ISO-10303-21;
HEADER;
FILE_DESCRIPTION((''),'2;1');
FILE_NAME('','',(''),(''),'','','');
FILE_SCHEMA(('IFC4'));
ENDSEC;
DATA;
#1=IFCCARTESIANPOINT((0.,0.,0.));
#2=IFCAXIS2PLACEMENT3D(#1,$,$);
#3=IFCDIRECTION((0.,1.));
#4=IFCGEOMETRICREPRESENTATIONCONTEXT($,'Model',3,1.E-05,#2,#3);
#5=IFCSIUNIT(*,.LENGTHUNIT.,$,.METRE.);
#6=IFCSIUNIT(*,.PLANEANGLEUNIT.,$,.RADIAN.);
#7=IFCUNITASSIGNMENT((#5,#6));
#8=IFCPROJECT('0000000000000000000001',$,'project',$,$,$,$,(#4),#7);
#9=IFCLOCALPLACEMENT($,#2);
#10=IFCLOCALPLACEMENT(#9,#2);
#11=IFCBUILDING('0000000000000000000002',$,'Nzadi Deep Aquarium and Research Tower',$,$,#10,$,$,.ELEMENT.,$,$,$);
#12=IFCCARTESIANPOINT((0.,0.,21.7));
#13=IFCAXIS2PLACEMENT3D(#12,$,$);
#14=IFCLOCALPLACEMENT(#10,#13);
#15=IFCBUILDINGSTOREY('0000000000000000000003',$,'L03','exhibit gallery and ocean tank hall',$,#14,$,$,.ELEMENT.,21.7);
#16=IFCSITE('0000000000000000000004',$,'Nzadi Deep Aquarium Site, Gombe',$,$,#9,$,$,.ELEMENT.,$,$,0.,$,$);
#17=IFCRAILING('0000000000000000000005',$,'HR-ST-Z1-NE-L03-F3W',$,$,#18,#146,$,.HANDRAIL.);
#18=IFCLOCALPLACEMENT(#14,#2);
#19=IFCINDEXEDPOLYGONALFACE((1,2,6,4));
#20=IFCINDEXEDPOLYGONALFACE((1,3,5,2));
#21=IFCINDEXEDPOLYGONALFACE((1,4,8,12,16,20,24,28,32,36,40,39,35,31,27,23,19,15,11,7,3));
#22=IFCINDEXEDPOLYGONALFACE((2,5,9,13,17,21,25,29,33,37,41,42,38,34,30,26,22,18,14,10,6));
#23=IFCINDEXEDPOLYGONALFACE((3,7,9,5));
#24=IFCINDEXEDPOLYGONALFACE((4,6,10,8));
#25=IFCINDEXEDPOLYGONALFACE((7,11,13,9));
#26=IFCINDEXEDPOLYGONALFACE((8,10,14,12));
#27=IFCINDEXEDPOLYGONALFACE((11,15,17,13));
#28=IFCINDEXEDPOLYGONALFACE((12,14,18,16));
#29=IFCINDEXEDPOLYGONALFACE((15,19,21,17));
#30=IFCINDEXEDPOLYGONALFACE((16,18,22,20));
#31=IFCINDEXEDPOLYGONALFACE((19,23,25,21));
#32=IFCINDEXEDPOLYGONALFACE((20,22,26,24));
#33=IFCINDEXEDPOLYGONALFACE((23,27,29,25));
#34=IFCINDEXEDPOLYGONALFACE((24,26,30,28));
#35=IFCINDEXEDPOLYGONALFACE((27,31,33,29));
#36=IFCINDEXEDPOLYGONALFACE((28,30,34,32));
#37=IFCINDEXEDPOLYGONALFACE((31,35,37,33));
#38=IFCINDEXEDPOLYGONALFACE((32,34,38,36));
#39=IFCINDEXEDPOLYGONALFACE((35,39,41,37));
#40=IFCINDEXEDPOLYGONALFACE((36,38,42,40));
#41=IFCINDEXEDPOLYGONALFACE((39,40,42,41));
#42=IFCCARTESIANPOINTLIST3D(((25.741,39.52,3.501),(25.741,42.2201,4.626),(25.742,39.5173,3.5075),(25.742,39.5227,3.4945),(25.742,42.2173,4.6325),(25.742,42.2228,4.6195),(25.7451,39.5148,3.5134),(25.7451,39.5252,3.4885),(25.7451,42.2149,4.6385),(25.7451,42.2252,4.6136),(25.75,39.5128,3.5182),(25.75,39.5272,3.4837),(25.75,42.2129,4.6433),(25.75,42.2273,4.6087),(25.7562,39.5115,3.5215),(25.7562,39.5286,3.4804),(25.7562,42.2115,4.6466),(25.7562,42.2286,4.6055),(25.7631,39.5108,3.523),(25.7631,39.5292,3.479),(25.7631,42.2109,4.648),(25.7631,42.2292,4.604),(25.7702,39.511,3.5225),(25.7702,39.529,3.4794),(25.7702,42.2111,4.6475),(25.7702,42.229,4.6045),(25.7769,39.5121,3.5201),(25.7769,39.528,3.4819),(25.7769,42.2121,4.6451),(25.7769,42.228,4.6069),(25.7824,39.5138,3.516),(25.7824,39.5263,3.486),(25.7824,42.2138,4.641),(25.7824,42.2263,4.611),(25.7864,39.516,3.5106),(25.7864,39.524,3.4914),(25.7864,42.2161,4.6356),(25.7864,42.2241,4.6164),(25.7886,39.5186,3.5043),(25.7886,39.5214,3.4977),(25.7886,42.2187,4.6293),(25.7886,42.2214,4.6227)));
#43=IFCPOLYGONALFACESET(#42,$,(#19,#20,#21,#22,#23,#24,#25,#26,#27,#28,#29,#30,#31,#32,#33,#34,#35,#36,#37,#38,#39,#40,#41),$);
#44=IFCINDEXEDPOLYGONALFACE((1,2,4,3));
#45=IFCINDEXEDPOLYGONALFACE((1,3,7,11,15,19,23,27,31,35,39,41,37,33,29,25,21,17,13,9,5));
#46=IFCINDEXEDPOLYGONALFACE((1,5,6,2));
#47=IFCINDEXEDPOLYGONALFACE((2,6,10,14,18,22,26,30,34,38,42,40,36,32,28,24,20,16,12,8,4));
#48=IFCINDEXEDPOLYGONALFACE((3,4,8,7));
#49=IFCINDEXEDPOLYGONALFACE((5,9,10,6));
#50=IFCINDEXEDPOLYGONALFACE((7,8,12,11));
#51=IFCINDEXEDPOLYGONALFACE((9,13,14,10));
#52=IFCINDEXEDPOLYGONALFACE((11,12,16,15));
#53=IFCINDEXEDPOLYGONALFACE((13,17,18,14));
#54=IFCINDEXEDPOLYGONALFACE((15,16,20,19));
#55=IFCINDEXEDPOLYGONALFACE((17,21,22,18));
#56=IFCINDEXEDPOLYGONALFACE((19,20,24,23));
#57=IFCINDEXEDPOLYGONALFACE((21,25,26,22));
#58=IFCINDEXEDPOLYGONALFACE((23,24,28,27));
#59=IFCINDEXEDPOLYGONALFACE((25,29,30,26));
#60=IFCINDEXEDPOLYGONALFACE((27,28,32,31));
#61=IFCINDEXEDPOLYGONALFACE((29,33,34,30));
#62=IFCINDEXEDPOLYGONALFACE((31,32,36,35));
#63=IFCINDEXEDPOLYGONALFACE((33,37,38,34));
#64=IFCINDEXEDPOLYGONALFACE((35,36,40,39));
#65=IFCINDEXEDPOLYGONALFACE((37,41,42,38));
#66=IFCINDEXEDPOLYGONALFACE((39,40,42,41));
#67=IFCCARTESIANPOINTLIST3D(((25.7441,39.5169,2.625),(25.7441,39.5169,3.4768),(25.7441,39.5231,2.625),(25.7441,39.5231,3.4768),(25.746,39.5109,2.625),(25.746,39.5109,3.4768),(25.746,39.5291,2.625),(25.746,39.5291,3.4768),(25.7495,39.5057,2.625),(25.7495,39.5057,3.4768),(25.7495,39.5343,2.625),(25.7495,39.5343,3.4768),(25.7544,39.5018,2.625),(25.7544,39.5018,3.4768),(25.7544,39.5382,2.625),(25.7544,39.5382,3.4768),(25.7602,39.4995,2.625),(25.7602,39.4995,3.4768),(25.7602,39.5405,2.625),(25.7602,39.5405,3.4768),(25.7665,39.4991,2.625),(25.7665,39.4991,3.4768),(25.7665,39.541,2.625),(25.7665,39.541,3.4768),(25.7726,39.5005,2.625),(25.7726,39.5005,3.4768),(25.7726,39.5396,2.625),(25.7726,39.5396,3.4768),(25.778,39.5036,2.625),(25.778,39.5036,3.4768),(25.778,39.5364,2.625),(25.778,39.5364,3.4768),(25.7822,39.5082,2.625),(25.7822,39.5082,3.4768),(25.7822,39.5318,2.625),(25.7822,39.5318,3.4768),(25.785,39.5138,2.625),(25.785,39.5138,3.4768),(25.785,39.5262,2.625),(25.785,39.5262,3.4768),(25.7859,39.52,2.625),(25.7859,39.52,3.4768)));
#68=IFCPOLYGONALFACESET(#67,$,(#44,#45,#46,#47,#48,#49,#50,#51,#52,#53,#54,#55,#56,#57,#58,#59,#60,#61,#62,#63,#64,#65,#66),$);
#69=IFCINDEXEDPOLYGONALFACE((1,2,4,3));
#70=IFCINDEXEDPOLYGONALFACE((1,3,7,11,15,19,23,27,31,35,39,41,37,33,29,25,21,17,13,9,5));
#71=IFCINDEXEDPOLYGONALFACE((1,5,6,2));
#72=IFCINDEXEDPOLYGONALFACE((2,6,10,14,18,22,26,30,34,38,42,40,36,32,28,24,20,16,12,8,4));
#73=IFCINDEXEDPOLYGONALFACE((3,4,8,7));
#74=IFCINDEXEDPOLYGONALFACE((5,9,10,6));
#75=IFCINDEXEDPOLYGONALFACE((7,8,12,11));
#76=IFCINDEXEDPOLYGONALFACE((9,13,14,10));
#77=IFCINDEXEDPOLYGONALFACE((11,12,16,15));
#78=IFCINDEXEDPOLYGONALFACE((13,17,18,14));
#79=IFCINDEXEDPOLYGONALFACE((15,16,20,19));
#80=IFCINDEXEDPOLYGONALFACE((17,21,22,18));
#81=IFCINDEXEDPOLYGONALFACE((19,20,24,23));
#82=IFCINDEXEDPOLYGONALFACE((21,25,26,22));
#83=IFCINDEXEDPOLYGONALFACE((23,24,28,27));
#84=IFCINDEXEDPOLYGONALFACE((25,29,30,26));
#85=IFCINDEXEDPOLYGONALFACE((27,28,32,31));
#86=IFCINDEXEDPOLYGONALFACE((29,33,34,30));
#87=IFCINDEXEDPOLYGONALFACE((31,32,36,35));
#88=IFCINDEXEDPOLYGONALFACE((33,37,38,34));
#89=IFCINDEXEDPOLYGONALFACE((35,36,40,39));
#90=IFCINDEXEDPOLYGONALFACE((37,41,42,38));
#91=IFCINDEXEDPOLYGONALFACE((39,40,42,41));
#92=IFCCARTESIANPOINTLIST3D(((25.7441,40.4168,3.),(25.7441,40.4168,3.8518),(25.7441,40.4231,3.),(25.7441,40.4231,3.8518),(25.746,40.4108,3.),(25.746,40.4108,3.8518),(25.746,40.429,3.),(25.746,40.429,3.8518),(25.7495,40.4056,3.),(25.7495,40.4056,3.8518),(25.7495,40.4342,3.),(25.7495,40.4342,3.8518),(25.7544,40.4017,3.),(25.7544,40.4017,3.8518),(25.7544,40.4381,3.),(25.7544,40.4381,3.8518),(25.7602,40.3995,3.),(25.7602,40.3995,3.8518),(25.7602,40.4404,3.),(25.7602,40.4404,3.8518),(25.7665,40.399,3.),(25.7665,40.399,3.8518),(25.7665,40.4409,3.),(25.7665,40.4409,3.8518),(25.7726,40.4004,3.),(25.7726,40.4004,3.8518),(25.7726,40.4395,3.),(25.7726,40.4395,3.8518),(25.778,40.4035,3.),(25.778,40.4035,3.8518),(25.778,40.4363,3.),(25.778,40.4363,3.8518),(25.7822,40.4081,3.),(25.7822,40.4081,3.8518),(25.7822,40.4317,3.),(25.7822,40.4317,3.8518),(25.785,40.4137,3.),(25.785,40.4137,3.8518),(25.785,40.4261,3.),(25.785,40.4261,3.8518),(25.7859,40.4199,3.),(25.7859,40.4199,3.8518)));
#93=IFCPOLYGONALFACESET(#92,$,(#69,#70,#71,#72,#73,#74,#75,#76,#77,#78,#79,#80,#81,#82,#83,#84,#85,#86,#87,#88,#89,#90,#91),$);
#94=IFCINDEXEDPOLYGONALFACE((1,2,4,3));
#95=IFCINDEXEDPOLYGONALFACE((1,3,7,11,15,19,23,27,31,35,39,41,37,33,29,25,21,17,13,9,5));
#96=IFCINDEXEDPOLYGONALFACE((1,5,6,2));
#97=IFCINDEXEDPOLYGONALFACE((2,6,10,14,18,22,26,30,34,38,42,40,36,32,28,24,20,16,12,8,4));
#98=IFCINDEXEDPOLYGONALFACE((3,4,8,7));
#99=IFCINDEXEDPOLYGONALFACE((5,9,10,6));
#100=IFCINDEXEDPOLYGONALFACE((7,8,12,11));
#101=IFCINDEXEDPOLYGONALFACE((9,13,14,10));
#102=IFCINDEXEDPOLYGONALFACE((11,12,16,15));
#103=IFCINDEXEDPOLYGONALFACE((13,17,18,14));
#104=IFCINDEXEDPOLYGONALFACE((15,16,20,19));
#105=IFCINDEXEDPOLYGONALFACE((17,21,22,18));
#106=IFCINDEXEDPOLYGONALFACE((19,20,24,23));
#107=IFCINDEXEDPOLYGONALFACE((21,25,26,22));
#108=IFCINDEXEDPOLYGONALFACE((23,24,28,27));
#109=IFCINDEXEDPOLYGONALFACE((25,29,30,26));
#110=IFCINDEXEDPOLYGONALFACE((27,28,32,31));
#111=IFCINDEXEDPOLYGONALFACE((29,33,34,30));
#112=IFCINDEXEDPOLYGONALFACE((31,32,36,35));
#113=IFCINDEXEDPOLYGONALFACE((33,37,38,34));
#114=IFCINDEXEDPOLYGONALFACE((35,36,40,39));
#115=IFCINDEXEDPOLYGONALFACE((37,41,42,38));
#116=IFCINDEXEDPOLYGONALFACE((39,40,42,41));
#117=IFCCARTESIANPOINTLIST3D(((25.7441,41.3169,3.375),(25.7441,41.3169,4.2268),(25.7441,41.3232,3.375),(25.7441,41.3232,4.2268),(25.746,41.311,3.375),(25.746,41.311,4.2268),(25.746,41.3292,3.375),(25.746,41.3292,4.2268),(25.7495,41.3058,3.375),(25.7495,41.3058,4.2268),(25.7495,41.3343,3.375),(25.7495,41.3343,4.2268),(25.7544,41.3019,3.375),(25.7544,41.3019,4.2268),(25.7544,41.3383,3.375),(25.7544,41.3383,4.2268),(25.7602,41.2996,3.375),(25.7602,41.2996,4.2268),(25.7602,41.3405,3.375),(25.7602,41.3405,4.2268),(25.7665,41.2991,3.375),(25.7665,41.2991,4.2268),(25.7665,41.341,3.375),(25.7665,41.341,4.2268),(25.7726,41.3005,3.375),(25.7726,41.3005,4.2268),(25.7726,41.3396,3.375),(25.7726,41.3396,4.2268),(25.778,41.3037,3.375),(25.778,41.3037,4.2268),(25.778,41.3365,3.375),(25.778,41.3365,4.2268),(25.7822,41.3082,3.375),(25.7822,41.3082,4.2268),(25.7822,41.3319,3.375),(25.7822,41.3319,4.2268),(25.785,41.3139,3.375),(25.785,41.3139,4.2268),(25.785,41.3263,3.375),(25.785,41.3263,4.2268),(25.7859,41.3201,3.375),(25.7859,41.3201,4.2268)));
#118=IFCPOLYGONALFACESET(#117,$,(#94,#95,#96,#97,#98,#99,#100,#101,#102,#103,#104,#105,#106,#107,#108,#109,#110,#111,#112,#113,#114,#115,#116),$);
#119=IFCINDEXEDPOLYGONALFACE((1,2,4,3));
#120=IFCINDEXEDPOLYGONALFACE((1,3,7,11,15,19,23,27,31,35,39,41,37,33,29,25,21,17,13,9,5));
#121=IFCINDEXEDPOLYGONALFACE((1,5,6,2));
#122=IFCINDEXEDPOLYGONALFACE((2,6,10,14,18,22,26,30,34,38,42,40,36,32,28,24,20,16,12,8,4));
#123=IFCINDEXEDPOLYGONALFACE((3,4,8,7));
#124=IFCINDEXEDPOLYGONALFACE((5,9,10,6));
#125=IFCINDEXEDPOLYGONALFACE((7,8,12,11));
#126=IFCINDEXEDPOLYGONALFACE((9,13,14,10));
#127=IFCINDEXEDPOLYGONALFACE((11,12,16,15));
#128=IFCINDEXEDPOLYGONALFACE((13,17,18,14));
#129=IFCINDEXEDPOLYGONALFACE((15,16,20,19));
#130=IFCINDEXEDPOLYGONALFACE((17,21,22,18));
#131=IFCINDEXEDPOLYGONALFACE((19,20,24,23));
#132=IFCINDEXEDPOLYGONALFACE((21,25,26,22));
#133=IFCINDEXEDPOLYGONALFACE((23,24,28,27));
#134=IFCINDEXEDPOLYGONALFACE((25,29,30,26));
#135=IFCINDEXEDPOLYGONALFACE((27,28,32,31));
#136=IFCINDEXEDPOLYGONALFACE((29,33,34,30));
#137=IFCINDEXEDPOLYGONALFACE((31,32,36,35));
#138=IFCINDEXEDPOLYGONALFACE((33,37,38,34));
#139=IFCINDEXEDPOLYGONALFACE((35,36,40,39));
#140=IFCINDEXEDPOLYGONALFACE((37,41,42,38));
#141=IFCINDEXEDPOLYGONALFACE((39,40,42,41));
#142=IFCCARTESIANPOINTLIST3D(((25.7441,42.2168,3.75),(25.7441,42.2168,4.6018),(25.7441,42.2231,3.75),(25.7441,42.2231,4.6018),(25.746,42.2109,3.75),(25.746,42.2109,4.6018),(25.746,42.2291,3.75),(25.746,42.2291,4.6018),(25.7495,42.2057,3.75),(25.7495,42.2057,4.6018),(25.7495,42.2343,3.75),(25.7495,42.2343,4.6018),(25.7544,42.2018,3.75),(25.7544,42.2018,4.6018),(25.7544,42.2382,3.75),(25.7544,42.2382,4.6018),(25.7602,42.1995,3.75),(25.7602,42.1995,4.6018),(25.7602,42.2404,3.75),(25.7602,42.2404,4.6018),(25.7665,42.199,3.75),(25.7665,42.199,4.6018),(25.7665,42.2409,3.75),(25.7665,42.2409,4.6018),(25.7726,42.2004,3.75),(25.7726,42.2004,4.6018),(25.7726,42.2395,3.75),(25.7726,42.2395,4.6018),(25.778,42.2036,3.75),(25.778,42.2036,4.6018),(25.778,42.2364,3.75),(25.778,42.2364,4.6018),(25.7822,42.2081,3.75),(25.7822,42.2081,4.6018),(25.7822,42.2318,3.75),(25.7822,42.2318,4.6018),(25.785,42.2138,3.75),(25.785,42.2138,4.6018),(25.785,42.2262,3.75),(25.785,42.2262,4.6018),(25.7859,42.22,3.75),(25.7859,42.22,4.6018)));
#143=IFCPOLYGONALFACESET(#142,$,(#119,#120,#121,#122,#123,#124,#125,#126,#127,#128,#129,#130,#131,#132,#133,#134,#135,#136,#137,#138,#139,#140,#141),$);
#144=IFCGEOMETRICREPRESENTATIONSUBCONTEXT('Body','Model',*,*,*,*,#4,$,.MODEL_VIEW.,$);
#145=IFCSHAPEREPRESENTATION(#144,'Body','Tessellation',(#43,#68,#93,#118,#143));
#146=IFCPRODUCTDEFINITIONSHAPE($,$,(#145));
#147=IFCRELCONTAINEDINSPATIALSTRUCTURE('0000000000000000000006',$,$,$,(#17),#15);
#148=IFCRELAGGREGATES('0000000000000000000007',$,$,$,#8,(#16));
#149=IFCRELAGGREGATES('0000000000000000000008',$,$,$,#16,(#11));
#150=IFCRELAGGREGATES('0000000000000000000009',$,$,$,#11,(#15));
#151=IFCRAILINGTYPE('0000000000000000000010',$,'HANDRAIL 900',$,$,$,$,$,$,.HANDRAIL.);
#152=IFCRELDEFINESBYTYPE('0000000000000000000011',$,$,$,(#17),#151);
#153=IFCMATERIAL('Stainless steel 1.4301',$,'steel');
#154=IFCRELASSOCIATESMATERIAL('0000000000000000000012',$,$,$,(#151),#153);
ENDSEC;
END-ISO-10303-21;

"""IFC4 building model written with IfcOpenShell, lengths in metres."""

from ifc_helpers import new_model, si_unit, direction, frame, origin, origin_2d, place, context, subcontext, project, spatial, circle, extrude, material, type_object, element, save


model = new_model("IFC4")

# Units and contexts
model_context = context("Model", 3, precision=1e-05, world=origin(), true_north=direction((0.0, 1.0)))
body_context = subcontext(model_context, "Body", "Model", "MODEL_VIEW")
ifc_project = project(units=[si_unit("LENGTHUNIT", "METRE"), si_unit("PLANEANGLEUNIT", "RADIAN")], contexts=[model_context])

# Site, building, storey
site_placement = place(None, origin())
site = spatial("IfcSite", under=ifc_project, at=site_placement, Name="Nzadi Deep Aquarium Site, Gombe", CompositionType="ELEMENT", RefElevation=0.0)
building_placement = place(site_placement, origin())
building = spatial("IfcBuilding", under=site, at=building_placement, Name="Nzadi Deep Aquarium and Research Tower", CompositionType="ELEMENT")
storey_placement = place(building_placement, frame((0.0, 0.0, 21.7)))
storey = spatial("IfcBuildingStorey", under=building, at=storey_placement, Name="L03", Description="exhibit gallery and ocean tank hall", CompositionType="ELEMENT", Elevation=21.7)

# Railing
ifc_material_1 = material(Name="Stainless steel 1.4301", Category="steel")
railing_type = type_object("IfcRailingType", Name="HANDRAIL 900", PredefinedType="HANDRAIL", material=ifc_material_1)
railing_1_placement = place(storey_placement, frame((25.7649, 39.52, 2.625)))
element("IfcRailing", 1, at=railing_1_placement, inside=storey, type_object=railing_type, Name="HR-ST-Z1-NE-L03-F3W", PredefinedType="HANDRAIL", context=body_context, shape_type="SweptSolid", body=[
    extrude(circle(Radius=0.0239, at=origin_2d()), frame((0.0, 0.0, 0.876), z_axis=(0.0, 0.923074, 0.384621), x_axis=(-1.0, 0.0, 0.0)), (0.0, 0.0, 1.0), 2.925),
    extrude(circle(Radius=0.021, at=origin_2d()), origin(), (0.0, 0.0, 1.0), 0.8518),
    extrude(circle(Radius=0.021, at=origin_2d()), frame((0.0, 0.8999, 0.375)), (0.0, 0.0, 1.0), 0.8518),
    extrude(circle(Radius=0.021, at=origin_2d()), frame((0.0, 1.8, 0.75)), (0.0, 0.0, 1.0), 0.8518),
    extrude(circle(Radius=0.021, at=origin_2d()), frame((0.0, 2.7, 1.125)), (0.0, 0.0, 1.0), 0.8518),
])

save(model, "model.ifc")
